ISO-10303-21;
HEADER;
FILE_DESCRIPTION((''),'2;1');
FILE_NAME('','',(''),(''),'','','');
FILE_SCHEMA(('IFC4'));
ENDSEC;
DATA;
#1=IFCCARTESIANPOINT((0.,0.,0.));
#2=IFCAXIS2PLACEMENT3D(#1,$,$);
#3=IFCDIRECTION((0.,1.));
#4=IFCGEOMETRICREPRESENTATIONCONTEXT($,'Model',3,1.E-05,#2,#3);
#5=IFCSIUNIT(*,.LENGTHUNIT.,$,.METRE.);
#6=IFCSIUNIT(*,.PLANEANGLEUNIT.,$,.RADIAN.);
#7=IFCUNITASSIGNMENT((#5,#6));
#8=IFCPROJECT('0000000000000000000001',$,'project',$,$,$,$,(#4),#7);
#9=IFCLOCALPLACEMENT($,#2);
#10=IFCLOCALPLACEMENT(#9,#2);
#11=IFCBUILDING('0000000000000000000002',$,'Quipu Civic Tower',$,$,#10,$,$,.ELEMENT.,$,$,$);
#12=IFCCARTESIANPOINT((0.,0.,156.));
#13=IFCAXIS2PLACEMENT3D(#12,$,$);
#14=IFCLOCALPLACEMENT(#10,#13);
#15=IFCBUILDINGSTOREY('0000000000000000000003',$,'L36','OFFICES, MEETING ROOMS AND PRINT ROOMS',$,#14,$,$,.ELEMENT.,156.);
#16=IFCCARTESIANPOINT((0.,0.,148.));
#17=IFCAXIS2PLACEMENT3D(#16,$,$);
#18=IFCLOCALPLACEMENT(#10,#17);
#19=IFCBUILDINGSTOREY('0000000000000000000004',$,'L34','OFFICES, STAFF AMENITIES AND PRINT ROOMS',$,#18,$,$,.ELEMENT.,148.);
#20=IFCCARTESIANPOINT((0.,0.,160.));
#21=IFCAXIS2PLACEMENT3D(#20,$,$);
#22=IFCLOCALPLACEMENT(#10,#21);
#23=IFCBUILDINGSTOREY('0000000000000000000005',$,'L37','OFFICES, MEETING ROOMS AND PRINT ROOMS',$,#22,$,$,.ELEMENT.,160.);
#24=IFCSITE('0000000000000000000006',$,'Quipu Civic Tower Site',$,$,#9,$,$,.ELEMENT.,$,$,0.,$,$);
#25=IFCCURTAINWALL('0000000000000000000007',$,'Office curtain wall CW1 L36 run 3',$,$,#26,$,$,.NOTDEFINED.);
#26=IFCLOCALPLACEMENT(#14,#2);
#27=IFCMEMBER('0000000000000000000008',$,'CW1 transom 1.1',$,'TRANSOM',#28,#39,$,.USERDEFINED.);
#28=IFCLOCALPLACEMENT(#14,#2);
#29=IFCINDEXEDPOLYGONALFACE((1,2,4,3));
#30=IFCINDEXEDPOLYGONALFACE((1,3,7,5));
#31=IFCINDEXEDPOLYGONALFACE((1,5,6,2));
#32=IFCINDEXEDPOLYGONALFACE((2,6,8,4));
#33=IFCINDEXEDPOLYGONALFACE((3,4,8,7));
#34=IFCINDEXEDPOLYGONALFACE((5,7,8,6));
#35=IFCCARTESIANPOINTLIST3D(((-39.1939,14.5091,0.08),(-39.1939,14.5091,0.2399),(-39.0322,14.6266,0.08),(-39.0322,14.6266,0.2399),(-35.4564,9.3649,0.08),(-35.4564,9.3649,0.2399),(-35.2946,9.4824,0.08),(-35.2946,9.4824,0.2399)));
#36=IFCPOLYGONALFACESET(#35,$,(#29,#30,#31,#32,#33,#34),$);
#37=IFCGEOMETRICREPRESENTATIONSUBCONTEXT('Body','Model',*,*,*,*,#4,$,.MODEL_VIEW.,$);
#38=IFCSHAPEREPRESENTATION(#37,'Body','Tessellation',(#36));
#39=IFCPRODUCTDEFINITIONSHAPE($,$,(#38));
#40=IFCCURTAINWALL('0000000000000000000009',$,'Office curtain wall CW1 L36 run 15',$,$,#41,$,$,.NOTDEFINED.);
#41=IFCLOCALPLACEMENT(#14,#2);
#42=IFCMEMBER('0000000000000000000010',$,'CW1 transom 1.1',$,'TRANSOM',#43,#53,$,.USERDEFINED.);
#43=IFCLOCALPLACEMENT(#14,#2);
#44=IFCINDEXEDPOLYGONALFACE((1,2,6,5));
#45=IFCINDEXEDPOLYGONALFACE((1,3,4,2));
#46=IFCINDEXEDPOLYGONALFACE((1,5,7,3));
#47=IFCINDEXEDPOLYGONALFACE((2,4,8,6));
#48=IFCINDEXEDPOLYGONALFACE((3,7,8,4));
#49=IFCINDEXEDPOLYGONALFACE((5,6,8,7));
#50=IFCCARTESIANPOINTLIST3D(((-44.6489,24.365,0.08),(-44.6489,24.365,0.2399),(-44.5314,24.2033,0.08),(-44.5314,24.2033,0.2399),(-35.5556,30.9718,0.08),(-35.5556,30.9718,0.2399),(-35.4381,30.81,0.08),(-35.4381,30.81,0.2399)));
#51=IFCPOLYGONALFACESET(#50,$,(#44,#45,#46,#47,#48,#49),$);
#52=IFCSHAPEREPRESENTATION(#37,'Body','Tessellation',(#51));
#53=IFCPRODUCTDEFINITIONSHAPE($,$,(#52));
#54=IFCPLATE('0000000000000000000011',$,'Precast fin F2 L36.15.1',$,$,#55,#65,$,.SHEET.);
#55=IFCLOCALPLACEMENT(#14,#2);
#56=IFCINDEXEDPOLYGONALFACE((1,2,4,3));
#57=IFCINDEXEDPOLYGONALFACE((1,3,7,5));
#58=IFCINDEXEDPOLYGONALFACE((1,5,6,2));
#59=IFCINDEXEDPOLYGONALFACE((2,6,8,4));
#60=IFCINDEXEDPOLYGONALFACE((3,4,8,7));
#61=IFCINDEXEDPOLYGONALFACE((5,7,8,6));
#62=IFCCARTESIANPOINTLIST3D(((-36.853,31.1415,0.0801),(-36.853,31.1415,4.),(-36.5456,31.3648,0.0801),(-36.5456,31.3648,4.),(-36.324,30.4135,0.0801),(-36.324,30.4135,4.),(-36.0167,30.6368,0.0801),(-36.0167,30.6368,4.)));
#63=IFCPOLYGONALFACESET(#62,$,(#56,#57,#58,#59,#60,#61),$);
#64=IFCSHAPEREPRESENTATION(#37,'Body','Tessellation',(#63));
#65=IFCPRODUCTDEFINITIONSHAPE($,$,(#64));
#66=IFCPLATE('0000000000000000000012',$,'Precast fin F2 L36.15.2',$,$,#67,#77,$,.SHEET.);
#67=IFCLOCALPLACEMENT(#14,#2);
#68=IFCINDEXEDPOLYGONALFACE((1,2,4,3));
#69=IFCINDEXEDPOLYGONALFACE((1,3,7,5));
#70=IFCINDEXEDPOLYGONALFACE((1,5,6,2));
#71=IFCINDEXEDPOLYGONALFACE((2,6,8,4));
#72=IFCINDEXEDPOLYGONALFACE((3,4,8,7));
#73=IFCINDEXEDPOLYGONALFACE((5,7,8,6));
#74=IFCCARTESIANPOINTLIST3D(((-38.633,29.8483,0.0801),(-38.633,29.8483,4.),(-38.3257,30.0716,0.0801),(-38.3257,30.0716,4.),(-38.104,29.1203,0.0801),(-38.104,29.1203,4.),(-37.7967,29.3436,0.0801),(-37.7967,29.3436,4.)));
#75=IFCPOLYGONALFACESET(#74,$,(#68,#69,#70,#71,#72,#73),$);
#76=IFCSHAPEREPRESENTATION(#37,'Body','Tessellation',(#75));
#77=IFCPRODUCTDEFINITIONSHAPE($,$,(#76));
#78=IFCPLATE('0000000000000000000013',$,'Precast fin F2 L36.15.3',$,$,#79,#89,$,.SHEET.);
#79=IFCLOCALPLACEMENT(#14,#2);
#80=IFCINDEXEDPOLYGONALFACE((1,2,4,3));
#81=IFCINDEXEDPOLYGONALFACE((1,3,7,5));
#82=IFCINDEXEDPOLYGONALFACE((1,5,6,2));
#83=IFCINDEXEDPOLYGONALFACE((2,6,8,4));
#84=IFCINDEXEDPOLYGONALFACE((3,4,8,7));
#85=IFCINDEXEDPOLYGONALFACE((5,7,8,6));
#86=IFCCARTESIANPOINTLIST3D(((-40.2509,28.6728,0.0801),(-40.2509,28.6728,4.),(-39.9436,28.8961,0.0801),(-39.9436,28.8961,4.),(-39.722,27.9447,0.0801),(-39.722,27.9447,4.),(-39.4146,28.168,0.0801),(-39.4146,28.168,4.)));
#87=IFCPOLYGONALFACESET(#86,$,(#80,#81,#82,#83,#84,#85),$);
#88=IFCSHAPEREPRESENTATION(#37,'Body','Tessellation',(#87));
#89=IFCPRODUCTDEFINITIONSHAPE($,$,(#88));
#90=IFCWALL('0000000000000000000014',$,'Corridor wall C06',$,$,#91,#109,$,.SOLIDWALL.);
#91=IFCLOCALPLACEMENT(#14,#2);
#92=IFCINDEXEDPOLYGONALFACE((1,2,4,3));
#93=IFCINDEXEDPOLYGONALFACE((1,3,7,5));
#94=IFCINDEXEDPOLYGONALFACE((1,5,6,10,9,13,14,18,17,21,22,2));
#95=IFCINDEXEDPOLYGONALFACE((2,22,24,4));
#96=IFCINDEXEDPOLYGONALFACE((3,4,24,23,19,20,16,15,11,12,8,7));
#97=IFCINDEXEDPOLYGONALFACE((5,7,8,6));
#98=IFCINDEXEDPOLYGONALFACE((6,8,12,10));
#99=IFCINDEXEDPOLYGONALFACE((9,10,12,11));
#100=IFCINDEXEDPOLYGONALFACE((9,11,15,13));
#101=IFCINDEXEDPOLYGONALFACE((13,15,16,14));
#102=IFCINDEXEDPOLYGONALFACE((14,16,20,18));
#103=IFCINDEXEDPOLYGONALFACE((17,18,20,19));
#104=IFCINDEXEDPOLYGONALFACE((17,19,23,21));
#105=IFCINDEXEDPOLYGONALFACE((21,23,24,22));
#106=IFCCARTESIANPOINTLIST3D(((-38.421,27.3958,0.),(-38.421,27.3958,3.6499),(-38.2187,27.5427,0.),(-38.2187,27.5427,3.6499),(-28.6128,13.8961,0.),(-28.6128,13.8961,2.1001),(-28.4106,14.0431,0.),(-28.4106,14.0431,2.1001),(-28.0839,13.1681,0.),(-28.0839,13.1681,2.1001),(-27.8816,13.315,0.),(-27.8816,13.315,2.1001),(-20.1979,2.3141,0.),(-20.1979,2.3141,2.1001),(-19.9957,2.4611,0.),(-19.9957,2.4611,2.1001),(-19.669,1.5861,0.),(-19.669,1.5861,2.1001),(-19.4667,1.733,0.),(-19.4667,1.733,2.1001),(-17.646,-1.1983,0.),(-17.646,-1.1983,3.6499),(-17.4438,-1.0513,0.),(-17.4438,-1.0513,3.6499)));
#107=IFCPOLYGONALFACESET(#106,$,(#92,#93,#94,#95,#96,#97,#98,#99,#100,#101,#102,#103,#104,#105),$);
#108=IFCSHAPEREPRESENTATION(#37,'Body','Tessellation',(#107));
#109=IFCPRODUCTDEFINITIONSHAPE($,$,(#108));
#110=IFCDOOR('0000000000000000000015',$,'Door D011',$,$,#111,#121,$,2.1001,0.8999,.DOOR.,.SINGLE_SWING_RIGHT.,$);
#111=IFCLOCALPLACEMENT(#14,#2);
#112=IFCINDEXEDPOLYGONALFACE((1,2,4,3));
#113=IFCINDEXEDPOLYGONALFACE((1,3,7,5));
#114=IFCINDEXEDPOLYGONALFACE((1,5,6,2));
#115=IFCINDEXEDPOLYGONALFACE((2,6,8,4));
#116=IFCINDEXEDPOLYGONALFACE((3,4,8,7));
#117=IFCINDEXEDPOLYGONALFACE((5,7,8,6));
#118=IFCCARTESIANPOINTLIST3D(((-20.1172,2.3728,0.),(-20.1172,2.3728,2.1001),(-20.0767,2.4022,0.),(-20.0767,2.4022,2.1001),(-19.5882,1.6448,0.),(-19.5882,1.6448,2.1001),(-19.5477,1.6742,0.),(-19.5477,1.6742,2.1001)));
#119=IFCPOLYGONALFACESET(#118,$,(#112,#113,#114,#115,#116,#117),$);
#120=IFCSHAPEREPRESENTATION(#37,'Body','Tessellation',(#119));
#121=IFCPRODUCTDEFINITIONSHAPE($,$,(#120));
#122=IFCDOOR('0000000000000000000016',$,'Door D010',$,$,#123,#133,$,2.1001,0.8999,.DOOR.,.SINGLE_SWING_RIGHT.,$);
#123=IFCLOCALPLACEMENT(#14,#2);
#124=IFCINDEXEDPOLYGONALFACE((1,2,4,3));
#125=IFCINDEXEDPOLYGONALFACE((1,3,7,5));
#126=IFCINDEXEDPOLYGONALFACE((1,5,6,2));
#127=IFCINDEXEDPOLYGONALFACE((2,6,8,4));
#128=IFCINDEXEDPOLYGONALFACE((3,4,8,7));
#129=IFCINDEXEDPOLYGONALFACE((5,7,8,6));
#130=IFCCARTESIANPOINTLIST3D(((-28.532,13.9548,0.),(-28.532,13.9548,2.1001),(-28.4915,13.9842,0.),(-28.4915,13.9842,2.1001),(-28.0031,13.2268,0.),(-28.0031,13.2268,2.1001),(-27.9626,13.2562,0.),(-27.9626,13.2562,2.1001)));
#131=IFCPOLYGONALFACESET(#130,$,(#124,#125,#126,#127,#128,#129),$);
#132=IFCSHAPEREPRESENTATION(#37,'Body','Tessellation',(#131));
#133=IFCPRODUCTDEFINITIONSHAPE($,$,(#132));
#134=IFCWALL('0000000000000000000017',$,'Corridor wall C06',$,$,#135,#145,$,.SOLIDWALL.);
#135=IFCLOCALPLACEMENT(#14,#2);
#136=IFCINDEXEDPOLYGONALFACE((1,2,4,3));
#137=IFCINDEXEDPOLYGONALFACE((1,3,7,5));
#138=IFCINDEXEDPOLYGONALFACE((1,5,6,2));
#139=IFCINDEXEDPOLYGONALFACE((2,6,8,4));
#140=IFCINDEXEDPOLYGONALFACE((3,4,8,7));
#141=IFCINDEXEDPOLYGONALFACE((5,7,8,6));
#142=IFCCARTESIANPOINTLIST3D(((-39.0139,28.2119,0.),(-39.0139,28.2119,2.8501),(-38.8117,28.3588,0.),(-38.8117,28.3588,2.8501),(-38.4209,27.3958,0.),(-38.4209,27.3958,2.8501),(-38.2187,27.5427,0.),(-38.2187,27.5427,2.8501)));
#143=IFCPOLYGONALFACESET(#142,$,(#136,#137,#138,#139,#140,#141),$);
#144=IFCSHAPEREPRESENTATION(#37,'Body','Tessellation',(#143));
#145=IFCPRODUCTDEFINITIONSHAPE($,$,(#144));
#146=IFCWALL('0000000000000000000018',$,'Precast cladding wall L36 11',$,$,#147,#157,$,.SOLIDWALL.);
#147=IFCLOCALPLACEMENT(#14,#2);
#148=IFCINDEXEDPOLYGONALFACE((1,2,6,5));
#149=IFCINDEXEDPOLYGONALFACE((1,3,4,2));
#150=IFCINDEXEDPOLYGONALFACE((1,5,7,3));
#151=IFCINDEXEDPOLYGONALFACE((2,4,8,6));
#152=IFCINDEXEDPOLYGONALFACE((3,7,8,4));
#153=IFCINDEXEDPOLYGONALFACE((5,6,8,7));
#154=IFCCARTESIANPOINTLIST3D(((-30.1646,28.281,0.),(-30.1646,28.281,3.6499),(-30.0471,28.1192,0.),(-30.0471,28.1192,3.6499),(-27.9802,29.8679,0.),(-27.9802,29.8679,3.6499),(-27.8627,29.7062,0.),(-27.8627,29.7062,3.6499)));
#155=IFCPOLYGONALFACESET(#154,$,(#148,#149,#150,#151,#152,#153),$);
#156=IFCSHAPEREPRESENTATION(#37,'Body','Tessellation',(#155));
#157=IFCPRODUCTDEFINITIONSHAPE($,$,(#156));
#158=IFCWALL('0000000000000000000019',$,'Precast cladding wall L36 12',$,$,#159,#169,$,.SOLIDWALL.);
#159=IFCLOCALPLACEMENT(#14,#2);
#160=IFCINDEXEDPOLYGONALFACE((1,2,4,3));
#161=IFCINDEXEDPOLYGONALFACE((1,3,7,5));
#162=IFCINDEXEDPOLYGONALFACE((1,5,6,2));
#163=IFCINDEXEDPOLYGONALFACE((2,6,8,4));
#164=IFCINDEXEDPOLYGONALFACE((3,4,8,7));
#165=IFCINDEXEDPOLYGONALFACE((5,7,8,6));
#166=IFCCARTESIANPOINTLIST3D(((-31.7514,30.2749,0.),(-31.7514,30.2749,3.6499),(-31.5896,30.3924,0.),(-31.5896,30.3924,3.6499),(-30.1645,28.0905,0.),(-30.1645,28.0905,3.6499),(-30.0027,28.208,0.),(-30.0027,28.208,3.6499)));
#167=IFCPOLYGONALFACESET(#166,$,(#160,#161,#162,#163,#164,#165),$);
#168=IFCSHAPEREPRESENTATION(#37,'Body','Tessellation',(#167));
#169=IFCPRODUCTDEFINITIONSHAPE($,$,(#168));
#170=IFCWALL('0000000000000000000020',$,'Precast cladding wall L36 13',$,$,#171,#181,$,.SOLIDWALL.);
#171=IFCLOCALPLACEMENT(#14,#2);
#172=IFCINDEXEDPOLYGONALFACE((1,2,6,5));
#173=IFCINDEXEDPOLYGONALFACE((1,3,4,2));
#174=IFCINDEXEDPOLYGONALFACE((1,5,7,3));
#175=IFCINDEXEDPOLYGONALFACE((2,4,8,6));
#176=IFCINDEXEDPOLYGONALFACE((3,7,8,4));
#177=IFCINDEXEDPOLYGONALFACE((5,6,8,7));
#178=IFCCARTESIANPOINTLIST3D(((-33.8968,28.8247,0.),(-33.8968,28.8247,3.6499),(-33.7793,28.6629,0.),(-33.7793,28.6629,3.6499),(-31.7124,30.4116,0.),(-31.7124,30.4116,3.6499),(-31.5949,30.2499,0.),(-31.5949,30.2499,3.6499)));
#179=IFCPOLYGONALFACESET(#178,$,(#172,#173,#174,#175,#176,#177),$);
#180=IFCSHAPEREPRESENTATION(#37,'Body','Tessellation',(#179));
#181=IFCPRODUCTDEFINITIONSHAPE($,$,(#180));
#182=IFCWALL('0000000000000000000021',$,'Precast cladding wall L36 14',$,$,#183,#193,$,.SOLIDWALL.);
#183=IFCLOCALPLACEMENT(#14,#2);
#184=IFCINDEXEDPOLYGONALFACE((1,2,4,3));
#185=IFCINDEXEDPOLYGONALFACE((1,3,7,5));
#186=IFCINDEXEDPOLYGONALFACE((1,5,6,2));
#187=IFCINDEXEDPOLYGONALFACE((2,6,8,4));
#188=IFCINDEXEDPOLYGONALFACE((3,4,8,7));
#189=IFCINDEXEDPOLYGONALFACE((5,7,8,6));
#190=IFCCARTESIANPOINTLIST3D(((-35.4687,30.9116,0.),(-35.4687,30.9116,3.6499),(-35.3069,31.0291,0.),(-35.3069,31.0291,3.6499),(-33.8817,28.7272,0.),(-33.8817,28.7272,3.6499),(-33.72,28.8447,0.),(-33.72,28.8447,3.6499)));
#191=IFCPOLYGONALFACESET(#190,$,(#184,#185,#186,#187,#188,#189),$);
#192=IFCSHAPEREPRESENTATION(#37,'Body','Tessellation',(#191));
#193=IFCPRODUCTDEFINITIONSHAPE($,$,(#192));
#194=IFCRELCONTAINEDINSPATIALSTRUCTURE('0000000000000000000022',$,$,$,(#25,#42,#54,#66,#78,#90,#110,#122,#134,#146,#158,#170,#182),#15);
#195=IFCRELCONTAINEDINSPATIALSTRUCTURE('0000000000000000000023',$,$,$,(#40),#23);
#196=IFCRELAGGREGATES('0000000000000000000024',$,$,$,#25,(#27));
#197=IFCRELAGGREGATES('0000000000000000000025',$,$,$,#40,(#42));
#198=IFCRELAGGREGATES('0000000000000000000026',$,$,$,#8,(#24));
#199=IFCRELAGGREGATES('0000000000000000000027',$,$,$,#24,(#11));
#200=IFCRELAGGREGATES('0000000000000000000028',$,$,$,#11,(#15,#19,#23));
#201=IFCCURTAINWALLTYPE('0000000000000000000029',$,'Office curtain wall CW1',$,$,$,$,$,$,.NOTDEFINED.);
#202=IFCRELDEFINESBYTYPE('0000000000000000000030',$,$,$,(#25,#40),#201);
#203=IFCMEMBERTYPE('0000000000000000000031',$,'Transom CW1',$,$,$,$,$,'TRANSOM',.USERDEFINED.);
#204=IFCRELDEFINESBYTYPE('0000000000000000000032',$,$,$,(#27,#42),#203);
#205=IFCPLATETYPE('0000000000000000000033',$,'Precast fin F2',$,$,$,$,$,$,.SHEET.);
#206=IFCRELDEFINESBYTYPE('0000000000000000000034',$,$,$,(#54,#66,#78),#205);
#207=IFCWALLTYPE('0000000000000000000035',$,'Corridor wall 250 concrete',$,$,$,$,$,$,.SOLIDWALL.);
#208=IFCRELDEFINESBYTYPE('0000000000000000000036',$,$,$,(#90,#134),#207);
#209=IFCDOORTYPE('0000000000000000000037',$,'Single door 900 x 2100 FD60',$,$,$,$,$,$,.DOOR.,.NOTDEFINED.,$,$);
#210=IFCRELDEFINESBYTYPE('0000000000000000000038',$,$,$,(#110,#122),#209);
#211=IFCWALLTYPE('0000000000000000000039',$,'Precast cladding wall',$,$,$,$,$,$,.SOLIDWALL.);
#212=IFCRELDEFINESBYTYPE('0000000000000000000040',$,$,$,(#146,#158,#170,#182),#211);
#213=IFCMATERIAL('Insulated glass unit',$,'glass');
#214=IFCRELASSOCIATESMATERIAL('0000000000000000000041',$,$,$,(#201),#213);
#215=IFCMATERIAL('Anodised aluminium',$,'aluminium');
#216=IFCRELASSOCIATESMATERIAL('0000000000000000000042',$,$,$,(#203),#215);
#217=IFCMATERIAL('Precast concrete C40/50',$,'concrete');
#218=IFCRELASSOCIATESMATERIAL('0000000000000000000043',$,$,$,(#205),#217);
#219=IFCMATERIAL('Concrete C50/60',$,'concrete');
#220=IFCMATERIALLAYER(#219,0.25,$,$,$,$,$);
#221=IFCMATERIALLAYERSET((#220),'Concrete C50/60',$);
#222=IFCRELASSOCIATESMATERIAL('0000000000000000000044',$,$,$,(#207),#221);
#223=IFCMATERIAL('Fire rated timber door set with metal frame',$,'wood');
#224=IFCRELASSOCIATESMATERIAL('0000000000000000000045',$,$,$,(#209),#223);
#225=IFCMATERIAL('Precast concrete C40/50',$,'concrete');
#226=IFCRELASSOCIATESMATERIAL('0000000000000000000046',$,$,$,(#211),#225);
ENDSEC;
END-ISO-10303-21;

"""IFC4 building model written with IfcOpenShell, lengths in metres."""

from ifc_helpers import new_model, si_unit, direction, frame, frame_2d, origin, origin_2d, place, context, subcontext, project, spatial, rectangle, extrude, material, layer, layer_set, material_profile, profile_set, type_object, element, fill, aggregate, save


model = new_model("IFC4")

# Units and contexts
model_context = context("Model", 3, precision=1e-05, world=origin(), true_north=direction((0.0, 1.0)))
body_context = subcontext(model_context, "Body", "Model", "MODEL_VIEW")
ifc_project = project(units=[si_unit("LENGTHUNIT", "METRE"), si_unit("PLANEANGLEUNIT", "RADIAN")], contexts=[model_context])

# Site, building, storey
site_placement = place(None, origin())
site = spatial("IfcSite", under=ifc_project, at=site_placement, Name="Quipu Civic Tower Site", CompositionType="ELEMENT", RefElevation=0.0)
building_placement = place(site_placement, origin())
building = spatial("IfcBuilding", under=site, at=building_placement, Name="Quipu Civic Tower", CompositionType="ELEMENT")
storey_1_placement = place(building_placement, frame((0.0, 0.0, 156.0)))
storey_1 = spatial("IfcBuildingStorey", under=building, at=storey_1_placement, Name="L36", Description="OFFICES, MEETING ROOMS AND PRINT ROOMS", CompositionType="ELEMENT", Elevation=156.0)

# Curtain wall
ifc_material_1 = material(Name="Insulated glass unit", Category="glass")
curtain_wall_type = type_object("IfcCurtainWallType", Name="Office curtain wall CW1", PredefinedType="NOTDEFINED", material=ifc_material_1)
curtain_wall_1_placement = place(storey_1_placement, origin())
curtain_wall_1 = element("IfcCurtainWall", 1, at=curtain_wall_1_placement, inside=storey_1, type_object=curtain_wall_type, Name="Office curtain wall CW1 L36 run 3", PredefinedType="NOTDEFINED")

# Shared definitions
storey_2_placement = place(building_placement, frame((0.0, 0.0, 148.0)))
storey_2 = spatial("IfcBuildingStorey", under=building, at=storey_2_placement, Name="L34", Description="OFFICES, STAFF AMENITIES AND PRINT ROOMS", CompositionType="ELEMENT", Elevation=148.0)

# Shared definitions
ifc_material_2 = material(Name="Anodised aluminium", Category="aluminium")
ifc_material_profile_1 = material_profile(ifc_material_2, rectangle(XDim=0.2, YDim=0.1599, at=origin_2d()), Name="RECT 200x160")
ifc_profile_set_1 = profile_set([ifc_material_profile_1], Name="Anodised aluminium")
member_type_1 = type_object("IfcMemberType", Name="Transom CW1", ElementType="TRANSOM", PredefinedType="USERDEFINED", material=ifc_profile_set_1)

# Member
member_1_placement = place(storey_1_placement, frame((-39.113, 14.5679, 0.1599), z_axis=(0.587786, -0.809017, 0.0), x_axis=(0.809017, 0.587786, 0.0)))
member_1 = element("IfcMember", 2, at=member_1_placement, type_object=member_type_1, Name="CW1 transom 1.1", ObjectType="TRANSOM", PredefinedType="USERDEFINED", context=body_context, shape_type="SweptSolid", body=[
    extrude(rectangle(XDim=0.2, YDim=0.1599, at=origin_2d()), origin(), (0.0, 0.0, 1.0), 6.3586),
])
aggregate(curtain_wall_1, [member_1])

# Shared definitions
storey_3_placement = place(building_placement, frame((0.0, 0.0, 160.0)))
storey_3 = spatial("IfcBuildingStorey", under=building, at=storey_3_placement, Name="L37", Description="OFFICES, MEETING ROOMS AND PRINT ROOMS", CompositionType="ELEMENT", Elevation=160.0)

# Curtain wall, member
curtain_wall_2_placement = place(storey_3_placement, origin())
curtain_wall_2 = element("IfcCurtainWall", 3, at=curtain_wall_2_placement, inside=storey_3, type_object=curtain_wall_type, Name="Office curtain wall CW1 L36 run 15", PredefinedType="NOTDEFINED")
member_2_placement = place(storey_1_placement, frame((-35.4968, 30.8909, 0.1599), z_axis=(-0.809015, -0.587788, 0.0), x_axis=(0.587788, -0.809015, 0.0)))
member_2 = element("IfcMember", 4, at=member_2_placement, inside=storey_1, type_object=member_type_1, Name="CW1 transom 1.1", ObjectType="TRANSOM", PredefinedType="USERDEFINED", context=body_context, shape_type="SweptSolid", body=[
    extrude(rectangle(XDim=0.2, YDim=0.1599, at=origin_2d()), origin(), (0.0, 0.0, 1.0), 11.24),
])
aggregate(curtain_wall_2, [member_2])

# Plates
ifc_material_3 = material(Name="Precast concrete C40/50", Category="concrete")
plate_type = type_object("IfcPlateType", Name="Precast fin F2", PredefinedType="SHEET", material=ifc_material_3)
for number, where, z_axis, x_axis, name in (
    (5, (-36.4348, 30.8892, 0.0801), (0.0, 0.0, 1.0), (-0.809017, -0.587785, 0.0), "Precast fin F2 L36.15.1"),
    (6, (-38.2148, 29.5959, 0.0801), (0.0, 0.0, 1.0), (-0.809017, -0.587785, 0.0), "Precast fin F2 L36.15.2"),
    (7, (-39.8328, 28.4204, 0.0801), (0.0, 0.0, 1.0), (-0.809017, -0.587785, 0.0), "Precast fin F2 L36.15.3"),
):
    element("IfcPlate", number, at=place(storey_1_placement, frame(where, z_axis=z_axis, x_axis=x_axis)), inside=storey_1, type_object=plate_type, Name=name, PredefinedType="SHEET", context=body_context, shape_type="SweptSolid", body=[
        extrude(rectangle(XDim=0.3799, YDim=0.8999, at=origin_2d()), origin(), (0.0, 0.0, 1.0), 3.9199),
    ])

# Wall, openings, doors
ifc_material_4 = material(Name="Concrete C50/60", Category="concrete")
ifc_layer = layer(ifc_material_4, 0.25)
ifc_layer_set = layer_set([ifc_layer], Name="Concrete C50/60")
wall_type_1 = type_object("IfcWallType", Name="Corridor wall 250 concrete", PredefinedType="SOLIDWALL", material=ifc_layer_set)
wall_1_placement = place(storey_1_placement, frame((-38.3198, 27.4692, 0.0), z_axis=(0.0, 0.0, 1.0), x_axis=(0.587788, -0.809015, 0.0)))
wall_1 = element("IfcWall", 8, at=wall_1_placement, inside=storey_1, type_object=wall_type_1, Name="Corridor wall C06", PredefinedType="SOLIDWALL", context=body_context, shape_type="SweptSolid", body=[
    extrude(rectangle(XDim=35.3442, YDim=0.25, at=frame_2d((17.6721, 0.0))), origin(), (0.0, 0.0, 1.0), 3.6499),
])
opening_1_placement = place(wall_1_placement, frame((31.0027, 0.0, 0.0)))
opening_1 = element("IfcOpeningElement", 9, at=opening_1_placement, cuts=wall_1, PredefinedType="OPENING", context=body_context, shape_type="SweptSolid", body=[
    extrude(rectangle(XDim=0.8999, YDim=2.1001, at=frame_2d((0.45, 1.05))), frame((0.0, 0.135, 0.0), z_axis=(0.0, -1.0, 0.0), x_axis=(1.0, 0.0, 0.0)), (0.0, 0.0, 1.0), 0.27),
])
opening_2_placement = place(wall_1_placement, frame((16.6865, 0.0, 0.0)))
opening_2 = element("IfcOpeningElement", 10, at=opening_2_placement, cuts=wall_1, PredefinedType="OPENING", context=body_context, shape_type="SweptSolid", body=[
    extrude(rectangle(XDim=0.8999, YDim=2.1001, at=frame_2d((0.45, 1.05))), frame((0.0, 0.135, 0.0), z_axis=(0.0, -1.0, 0.0), x_axis=(1.0, 0.0, 0.0)), (0.0, 0.0, 1.0), 0.27),
])
ifc_material_5 = material(Name="Fire rated timber door set with metal frame", Category="wood")
door_type = type_object("IfcDoorType", Name="Single door 900 x 2100 FD60", OperationType="NOTDEFINED", PredefinedType="DOOR", material=ifc_material_5)
door_1_placement = place(opening_1_placement, origin())
door_1 = element("IfcDoor", 11, at=door_1_placement, inside=storey_1, type_object=door_type, Name="Door D011", OperationType="SINGLE_SWING_RIGHT", OverallHeight=2.1001, OverallWidth=0.8999, PredefinedType="DOOR", context=body_context, shape_type="SweptSolid", body=[
    extrude(rectangle(XDim=0.8999, YDim=2.1001, at=frame_2d((0.45, 1.05))), frame((0.0, 0.0249, 0.0), z_axis=(0.0, -1.0, 0.0), x_axis=(1.0, 0.0, 0.0)), (0.0, 0.0, 1.0), 0.05),
])
fill(opening_1, door_1)
door_2_placement = place(opening_2_placement, origin())
door_2 = element("IfcDoor", 12, at=door_2_placement, inside=storey_1, type_object=door_type, Name="Door D010", OperationType="SINGLE_SWING_RIGHT", OverallHeight=2.1001, OverallWidth=0.8999, PredefinedType="DOOR", context=body_context, shape_type="SweptSolid", body=[
    extrude(rectangle(XDim=0.8999, YDim=2.1001, at=frame_2d((0.45, 1.05))), frame((0.0, 0.0249, 0.0), z_axis=(0.0, -1.0, 0.0), x_axis=(1.0, 0.0, 0.0)), (0.0, 0.0, 1.0), 0.05),
])
fill(opening_2, door_2)

# Walls
wall_2_placement = place(storey_1_placement, frame((-38.3198, 27.4692, 0.0), z_axis=(0.0, 0.0, 1.0), x_axis=(-0.587812, 0.808998, 0.0)))
element("IfcWall", 13, at=wall_2_placement, inside=storey_1, type_object=wall_type_1, Name="Corridor wall C06", PredefinedType="SOLIDWALL", context=body_context, shape_type="SweptSolid", body=[
    extrude(rectangle(XDim=1.0088, YDim=0.25, at=frame_2d((0.5044, 0.0))), origin(), (0.0, 0.0, 1.0), 2.8501),
])
ifc_material_6 = material(Name="Precast concrete C40/50", Category="concrete")
wall_type_2 = type_object("IfcWallType", Name="Precast cladding wall", PredefinedType="SOLIDWALL", material=ifc_material_6)
for number, where, z_axis, x_axis, name in (
    (14, (-27.9214, 29.7871, 0.0), (0.0, 0.0, 1.0), (-0.809033, -0.587763, 0.0), "Precast cladding wall L36 11"),
    (15, (-30.0835, 28.1492, 0.0), (0.0, 0.0, 1.0), (-0.587763, 0.809033, 0.0), "Precast cladding wall L36 12"),
    (16, (-31.6536, 30.3308, 0.0), (0.0, 0.0, 1.0), (-0.809033, -0.587763, 0.0), "Precast cladding wall L36 13"),
    (17, (-33.8008, 28.7859, 0.0), (0.0, 0.0, 1.0), (-0.587763, 0.809033, 0.0), "Precast cladding wall L36 14"),
):
    element("IfcWall", number, at=place(storey_1_placement, frame(where, z_axis=z_axis, x_axis=x_axis)), inside=storey_1, type_object=wall_type_2, Name=name, PredefinedType="SOLIDWALL", context=body_context, shape_type="SweptSolid", body=[
        extrude(rectangle(XDim=2.7, YDim=0.2, at=frame_2d((1.3501, 0.0))), origin(), (0.0, 0.0, 1.0), 3.6499),
    ])

save(model, "model.ifc")
